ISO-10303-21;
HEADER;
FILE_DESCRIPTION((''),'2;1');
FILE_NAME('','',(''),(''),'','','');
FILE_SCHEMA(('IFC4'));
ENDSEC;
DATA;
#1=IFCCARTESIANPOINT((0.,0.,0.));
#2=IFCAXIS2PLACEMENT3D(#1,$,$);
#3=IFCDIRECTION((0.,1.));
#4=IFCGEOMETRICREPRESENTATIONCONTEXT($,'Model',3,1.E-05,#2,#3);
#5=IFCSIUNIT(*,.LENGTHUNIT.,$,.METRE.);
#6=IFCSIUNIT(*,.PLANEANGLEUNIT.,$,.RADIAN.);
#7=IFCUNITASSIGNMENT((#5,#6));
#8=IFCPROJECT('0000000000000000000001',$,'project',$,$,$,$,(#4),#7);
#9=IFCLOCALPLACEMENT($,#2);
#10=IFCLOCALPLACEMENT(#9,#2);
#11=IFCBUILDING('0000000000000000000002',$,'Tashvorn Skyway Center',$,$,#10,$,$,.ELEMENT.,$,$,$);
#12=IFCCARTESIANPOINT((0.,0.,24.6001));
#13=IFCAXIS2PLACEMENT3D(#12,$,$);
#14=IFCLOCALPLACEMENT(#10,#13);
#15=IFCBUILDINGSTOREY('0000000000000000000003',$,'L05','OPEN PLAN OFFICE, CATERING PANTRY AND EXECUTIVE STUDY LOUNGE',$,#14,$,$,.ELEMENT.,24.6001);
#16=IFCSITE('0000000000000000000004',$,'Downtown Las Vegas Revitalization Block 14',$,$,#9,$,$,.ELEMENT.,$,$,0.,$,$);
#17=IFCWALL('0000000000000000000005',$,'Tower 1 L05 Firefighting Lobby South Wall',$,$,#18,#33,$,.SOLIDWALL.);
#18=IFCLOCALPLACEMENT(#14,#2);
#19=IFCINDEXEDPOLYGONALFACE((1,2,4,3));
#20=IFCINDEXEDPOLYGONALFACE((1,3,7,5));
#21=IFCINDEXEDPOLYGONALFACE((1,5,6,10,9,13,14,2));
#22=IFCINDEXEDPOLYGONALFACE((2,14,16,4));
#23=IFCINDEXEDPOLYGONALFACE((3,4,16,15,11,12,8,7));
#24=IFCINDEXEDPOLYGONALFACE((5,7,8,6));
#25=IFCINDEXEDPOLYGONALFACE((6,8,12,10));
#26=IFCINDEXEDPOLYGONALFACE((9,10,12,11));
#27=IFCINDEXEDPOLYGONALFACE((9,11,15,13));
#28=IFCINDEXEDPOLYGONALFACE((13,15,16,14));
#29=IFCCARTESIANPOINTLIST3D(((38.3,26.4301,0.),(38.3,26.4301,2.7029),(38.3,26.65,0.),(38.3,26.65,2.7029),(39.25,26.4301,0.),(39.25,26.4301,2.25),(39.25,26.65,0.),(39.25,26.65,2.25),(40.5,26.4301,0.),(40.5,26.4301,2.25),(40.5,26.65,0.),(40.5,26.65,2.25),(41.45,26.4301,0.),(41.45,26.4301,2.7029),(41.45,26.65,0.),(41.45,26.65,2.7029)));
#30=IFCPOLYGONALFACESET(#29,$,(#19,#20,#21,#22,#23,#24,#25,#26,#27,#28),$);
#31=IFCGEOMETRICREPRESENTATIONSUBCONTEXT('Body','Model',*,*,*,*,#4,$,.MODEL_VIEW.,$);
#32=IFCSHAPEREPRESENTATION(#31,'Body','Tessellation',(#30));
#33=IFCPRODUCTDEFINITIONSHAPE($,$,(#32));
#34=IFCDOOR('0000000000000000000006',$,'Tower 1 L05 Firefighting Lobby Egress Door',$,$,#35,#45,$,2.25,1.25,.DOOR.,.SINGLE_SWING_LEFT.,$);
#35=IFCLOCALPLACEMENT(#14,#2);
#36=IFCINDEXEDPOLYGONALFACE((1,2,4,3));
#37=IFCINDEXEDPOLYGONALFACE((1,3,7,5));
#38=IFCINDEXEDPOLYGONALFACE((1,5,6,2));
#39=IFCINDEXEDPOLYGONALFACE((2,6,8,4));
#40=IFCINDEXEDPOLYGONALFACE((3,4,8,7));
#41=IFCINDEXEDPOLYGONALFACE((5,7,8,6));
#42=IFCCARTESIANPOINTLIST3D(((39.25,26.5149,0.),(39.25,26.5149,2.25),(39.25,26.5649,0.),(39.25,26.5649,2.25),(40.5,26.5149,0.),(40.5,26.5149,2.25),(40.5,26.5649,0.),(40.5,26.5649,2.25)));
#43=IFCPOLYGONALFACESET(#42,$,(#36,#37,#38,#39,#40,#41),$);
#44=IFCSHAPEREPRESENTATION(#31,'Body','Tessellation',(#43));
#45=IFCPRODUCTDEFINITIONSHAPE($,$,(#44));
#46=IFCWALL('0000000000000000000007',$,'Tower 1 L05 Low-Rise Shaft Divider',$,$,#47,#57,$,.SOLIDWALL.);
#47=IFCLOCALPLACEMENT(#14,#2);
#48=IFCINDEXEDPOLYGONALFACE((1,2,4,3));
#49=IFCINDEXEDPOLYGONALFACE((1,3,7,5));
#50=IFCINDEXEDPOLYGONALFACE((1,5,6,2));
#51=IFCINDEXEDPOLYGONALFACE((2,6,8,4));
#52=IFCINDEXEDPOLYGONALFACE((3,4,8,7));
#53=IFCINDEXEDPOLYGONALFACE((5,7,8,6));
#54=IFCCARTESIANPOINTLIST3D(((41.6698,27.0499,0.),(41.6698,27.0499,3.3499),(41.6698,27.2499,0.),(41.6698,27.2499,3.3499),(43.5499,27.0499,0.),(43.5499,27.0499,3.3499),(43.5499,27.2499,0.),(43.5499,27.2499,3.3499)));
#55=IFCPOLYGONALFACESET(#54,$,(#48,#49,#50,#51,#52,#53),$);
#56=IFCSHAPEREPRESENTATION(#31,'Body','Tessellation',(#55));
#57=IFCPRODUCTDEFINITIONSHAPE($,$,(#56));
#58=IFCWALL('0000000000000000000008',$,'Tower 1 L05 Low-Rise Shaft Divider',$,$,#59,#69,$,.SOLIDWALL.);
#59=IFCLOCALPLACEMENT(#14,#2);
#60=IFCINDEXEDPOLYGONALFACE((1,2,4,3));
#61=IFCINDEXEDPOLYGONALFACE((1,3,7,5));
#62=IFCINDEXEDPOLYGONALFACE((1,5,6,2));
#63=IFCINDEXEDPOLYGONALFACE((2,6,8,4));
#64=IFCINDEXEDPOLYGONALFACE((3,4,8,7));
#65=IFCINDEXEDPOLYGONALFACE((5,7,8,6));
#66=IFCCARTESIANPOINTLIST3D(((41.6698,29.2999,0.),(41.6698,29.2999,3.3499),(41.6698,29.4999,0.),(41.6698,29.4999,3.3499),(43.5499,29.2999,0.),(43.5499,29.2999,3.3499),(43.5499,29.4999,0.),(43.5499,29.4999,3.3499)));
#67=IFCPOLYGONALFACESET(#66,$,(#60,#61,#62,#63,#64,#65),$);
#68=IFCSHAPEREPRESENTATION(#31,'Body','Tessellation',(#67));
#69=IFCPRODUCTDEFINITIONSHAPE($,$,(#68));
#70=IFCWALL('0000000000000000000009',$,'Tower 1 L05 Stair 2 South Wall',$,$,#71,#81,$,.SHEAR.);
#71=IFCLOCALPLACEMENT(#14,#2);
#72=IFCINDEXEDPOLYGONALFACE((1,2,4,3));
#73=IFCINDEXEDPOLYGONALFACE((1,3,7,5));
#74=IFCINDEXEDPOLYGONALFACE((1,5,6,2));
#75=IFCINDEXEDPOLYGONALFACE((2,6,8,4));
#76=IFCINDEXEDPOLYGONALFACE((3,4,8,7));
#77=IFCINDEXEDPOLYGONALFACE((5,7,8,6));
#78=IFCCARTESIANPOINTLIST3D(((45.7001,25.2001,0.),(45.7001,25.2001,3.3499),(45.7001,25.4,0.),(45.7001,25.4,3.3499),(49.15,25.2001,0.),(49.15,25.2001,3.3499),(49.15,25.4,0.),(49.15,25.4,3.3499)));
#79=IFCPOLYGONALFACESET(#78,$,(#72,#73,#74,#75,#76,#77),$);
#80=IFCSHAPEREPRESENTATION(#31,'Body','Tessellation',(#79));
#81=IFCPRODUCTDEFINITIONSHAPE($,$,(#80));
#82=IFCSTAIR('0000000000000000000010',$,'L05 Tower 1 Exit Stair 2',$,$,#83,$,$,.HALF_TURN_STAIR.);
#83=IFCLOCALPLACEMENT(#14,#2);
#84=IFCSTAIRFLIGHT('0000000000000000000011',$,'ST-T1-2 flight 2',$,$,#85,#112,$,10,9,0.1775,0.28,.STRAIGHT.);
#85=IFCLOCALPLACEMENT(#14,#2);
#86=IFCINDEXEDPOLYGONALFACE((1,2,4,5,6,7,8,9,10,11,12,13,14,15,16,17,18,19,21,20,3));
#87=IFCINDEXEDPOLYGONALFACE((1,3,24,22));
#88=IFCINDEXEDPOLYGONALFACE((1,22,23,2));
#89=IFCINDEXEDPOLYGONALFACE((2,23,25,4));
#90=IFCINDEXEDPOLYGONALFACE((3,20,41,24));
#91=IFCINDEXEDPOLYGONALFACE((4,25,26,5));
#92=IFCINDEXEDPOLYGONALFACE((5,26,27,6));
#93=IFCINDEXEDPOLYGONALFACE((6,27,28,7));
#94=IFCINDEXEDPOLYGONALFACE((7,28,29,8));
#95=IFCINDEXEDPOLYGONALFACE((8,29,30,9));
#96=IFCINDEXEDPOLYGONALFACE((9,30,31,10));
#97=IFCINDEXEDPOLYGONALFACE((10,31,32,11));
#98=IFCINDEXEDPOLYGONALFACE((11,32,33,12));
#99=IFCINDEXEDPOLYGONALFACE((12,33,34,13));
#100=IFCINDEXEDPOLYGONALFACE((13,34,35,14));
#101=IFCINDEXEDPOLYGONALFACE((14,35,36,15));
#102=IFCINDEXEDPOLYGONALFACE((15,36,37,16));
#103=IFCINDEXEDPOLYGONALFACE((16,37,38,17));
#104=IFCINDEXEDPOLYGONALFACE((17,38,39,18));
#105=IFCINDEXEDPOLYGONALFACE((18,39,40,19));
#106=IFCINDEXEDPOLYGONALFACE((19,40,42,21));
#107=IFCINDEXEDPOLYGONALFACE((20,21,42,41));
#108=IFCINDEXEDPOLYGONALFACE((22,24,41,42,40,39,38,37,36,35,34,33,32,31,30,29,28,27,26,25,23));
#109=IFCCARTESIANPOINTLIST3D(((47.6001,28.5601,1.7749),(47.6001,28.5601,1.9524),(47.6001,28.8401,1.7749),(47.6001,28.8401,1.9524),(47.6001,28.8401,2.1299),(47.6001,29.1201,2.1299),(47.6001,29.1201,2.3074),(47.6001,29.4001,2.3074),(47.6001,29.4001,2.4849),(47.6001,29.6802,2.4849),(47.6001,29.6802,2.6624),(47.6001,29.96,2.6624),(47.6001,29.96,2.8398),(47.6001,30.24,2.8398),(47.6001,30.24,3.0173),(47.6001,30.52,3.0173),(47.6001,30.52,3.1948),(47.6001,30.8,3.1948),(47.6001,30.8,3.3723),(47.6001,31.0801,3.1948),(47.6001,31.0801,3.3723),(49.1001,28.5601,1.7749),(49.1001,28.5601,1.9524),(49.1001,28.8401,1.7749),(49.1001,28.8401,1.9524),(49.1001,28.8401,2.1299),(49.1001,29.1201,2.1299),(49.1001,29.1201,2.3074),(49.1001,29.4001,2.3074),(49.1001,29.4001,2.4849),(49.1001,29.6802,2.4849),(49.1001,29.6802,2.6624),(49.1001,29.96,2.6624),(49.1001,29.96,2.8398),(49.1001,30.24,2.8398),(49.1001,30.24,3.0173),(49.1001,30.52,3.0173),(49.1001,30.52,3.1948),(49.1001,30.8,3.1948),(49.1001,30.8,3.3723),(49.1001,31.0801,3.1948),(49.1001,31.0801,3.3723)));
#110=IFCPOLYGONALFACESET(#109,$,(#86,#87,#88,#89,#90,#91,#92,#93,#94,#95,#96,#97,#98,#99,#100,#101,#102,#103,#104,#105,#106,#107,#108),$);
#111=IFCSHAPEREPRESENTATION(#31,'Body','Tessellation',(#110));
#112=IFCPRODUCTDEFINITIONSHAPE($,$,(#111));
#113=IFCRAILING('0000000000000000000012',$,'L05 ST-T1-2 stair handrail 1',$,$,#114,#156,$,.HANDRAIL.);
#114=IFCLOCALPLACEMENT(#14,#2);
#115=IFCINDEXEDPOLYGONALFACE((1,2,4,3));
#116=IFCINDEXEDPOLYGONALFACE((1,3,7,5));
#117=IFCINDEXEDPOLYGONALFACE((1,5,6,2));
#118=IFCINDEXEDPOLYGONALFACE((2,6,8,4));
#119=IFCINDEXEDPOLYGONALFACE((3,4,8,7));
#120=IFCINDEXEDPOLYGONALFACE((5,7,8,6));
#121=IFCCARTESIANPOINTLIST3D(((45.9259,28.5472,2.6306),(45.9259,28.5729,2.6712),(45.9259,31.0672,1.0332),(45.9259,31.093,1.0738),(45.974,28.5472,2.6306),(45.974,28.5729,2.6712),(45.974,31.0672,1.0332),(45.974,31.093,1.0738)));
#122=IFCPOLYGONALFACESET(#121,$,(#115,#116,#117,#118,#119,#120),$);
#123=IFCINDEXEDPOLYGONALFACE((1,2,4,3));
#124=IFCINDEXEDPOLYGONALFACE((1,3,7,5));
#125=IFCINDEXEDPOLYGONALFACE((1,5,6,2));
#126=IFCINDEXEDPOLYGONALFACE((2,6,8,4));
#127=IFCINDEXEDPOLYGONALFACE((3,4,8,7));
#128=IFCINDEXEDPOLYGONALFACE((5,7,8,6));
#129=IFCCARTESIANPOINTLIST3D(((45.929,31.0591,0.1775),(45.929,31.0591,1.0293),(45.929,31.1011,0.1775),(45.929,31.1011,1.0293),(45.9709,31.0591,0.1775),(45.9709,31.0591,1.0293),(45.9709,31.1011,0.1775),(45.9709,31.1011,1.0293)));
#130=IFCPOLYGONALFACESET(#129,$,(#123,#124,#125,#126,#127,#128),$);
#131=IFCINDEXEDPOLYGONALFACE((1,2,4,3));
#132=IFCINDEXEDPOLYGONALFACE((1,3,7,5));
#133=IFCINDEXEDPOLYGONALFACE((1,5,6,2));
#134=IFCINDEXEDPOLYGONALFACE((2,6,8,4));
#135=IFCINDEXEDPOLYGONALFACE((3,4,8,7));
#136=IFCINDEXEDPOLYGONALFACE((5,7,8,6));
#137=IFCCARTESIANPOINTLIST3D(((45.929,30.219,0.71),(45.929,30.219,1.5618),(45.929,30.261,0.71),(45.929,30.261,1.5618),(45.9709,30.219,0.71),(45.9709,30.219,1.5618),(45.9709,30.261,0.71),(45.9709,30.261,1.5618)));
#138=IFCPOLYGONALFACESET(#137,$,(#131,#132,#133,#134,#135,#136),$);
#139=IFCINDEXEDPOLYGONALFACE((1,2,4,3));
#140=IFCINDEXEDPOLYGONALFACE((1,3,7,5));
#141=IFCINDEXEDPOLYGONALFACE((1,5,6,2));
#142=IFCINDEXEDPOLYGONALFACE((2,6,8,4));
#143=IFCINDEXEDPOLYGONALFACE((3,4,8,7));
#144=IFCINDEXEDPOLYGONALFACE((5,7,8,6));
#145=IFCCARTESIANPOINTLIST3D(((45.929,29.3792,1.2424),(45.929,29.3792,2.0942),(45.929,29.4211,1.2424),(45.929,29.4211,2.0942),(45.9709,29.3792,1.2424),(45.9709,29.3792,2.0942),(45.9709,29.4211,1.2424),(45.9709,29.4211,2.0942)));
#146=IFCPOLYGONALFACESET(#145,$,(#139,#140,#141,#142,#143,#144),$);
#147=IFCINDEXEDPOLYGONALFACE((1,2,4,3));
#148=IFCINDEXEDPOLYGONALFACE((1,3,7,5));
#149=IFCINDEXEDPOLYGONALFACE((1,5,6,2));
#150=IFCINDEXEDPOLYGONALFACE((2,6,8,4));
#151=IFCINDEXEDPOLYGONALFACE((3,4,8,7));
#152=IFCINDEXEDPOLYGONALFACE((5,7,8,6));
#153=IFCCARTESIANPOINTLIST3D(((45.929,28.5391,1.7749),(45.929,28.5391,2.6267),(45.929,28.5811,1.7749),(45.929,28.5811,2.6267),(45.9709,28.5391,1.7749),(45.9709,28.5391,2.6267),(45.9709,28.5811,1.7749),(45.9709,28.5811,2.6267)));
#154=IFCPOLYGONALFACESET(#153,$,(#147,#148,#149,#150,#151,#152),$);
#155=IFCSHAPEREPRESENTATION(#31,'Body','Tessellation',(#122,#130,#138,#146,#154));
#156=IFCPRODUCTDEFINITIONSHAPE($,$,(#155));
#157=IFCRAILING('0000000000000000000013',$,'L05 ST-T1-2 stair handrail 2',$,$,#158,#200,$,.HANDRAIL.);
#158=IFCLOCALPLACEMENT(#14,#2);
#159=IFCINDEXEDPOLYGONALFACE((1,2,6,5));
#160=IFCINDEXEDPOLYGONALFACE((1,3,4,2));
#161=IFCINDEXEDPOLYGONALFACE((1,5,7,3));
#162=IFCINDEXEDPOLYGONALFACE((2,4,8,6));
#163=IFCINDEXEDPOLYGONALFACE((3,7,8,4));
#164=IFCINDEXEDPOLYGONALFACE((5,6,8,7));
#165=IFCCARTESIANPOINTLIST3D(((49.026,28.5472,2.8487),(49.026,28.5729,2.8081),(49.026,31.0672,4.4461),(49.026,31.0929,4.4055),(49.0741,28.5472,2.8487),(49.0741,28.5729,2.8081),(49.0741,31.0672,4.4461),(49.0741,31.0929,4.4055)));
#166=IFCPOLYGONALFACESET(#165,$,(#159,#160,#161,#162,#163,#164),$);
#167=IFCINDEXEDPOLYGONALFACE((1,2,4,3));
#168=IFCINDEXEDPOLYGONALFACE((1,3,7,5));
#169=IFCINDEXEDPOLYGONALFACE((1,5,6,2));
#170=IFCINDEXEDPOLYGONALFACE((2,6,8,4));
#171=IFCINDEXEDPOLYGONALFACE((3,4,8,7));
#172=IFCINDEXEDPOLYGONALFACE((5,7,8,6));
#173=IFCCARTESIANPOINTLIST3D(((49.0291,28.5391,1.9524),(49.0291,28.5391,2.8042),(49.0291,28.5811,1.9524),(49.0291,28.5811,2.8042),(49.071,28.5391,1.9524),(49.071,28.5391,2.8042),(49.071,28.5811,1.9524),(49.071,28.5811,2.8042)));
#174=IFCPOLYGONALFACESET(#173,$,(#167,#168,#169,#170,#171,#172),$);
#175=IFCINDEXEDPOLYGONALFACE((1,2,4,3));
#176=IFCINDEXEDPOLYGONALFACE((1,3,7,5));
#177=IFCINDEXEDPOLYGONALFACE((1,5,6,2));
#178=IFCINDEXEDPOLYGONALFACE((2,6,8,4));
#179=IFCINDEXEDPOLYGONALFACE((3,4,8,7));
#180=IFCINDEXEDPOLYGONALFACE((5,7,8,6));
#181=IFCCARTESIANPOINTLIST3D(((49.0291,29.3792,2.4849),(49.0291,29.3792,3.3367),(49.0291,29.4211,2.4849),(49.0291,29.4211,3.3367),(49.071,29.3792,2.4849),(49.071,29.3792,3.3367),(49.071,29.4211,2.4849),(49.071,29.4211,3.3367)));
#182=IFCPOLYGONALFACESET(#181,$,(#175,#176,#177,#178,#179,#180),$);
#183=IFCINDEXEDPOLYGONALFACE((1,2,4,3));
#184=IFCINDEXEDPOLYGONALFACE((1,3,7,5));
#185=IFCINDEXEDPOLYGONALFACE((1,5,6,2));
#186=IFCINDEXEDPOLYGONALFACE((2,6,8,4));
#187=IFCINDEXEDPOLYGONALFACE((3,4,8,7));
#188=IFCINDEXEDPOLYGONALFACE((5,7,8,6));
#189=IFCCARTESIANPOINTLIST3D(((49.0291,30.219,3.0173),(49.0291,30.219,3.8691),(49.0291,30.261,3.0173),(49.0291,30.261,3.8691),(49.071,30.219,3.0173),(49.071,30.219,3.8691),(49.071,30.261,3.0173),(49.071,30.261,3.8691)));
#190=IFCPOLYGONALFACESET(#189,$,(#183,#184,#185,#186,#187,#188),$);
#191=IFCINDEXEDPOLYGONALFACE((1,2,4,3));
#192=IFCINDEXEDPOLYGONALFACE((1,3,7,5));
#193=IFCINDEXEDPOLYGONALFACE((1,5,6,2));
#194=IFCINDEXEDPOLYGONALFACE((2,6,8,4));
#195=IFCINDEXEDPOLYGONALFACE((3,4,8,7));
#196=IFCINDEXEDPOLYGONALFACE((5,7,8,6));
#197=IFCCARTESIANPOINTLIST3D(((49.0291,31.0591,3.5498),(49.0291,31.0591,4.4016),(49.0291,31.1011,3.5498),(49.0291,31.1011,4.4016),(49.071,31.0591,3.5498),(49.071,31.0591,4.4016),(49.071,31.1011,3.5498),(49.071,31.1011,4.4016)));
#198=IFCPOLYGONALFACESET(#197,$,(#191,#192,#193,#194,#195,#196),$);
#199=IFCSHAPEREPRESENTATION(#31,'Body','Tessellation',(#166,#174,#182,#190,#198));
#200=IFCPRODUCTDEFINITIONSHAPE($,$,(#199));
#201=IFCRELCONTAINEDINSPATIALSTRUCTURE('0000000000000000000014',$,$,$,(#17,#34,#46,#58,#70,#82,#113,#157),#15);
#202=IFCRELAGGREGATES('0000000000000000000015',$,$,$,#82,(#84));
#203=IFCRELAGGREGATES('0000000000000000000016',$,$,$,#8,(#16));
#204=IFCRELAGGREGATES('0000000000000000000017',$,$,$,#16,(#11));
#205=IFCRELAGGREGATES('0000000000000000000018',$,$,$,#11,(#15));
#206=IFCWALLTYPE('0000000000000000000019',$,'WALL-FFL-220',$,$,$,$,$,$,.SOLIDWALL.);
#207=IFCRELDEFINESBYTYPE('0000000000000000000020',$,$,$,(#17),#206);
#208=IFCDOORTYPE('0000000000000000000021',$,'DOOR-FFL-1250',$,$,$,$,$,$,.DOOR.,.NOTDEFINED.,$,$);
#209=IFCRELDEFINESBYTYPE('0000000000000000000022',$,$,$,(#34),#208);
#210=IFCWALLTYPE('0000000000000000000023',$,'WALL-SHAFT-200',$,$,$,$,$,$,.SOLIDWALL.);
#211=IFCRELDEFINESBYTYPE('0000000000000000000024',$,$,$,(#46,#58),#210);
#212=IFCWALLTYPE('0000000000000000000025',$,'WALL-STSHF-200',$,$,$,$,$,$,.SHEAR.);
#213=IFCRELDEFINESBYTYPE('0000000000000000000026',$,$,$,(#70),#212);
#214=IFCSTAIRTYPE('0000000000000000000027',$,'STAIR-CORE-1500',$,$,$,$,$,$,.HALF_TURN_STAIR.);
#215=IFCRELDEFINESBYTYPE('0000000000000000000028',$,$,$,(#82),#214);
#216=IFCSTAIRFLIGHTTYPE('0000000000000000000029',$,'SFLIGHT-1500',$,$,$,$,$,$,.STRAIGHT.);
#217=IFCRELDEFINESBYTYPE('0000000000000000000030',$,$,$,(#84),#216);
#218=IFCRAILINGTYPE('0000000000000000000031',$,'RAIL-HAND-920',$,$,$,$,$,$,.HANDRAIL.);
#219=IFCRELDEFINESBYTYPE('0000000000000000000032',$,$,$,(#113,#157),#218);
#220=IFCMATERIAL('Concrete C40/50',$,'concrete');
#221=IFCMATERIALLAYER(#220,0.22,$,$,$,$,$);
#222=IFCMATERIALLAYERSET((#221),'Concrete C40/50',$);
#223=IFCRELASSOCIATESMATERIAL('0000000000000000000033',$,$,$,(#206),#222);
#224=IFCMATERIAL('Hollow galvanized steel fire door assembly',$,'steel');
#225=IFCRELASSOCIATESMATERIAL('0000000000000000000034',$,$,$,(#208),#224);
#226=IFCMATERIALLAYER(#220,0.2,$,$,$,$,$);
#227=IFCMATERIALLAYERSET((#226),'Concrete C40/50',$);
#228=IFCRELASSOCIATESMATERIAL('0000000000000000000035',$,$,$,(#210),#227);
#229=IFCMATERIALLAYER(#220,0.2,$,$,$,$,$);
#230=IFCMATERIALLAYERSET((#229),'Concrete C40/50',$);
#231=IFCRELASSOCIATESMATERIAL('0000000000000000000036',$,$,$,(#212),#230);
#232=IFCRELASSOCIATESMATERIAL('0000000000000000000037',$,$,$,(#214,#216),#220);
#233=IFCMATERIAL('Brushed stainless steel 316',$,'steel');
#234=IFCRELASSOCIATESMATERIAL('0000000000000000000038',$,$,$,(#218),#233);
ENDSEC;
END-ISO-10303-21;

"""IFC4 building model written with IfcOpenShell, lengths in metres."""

from ifc_helpers import new_model, si_unit, direction, frame, frame_2d, origin, origin_2d, place, context, subcontext, project, spatial, polyline, rectangle, outline, extrude, material, layer, layer_set, type_object, element, fill, aggregate, save


model = new_model("IFC4")

# Units and contexts
model_context = context("Model", 3, precision=1e-05, world=origin(), true_north=direction((0.0, 1.0)))
body_context = subcontext(model_context, "Body", "Model", "MODEL_VIEW")
ifc_project = project(units=[si_unit("LENGTHUNIT", "METRE"), si_unit("PLANEANGLEUNIT", "RADIAN")], contexts=[model_context])

# Site, building, storey
site_placement = place(None, origin())
site = spatial("IfcSite", under=ifc_project, at=site_placement, Name="Downtown Las Vegas Revitalization Block 14", CompositionType="ELEMENT", RefElevation=0.0)
building_placement = place(site_placement, origin())
building = spatial("IfcBuilding", under=site, at=building_placement, Name="Tashvorn Skyway Center", CompositionType="ELEMENT")
storey_placement = place(building_placement, frame((0.0, 0.0, 24.6001)))
storey = spatial("IfcBuildingStorey", under=building, at=storey_placement, Name="L05", Description="OPEN PLAN OFFICE, CATERING PANTRY AND EXECUTIVE STUDY LOUNGE", CompositionType="ELEMENT", Elevation=24.6001)

# Wall, opening, door
ifc_material_1 = material(Name="Concrete C40/50", Category="concrete")
ifc_layer_1 = layer(ifc_material_1, 0.22)
ifc_layer_set_1 = layer_set([ifc_layer_1], Name="Concrete C40/50")
wall_type_1 = type_object("IfcWallType", Name="WALL-FFL-220", PredefinedType="SOLIDWALL", material=ifc_layer_set_1)
wall_1_placement = place(storey_placement, frame((38.3, 26.54, 0.0), z_axis=(0.0, 0.0, 1.0), x_axis=(1.0, 0.0, 0.0)))
wall_1 = element("IfcWall", 1, at=wall_1_placement, inside=storey, type_object=wall_type_1, Name="Tower 1 L05 Firefighting Lobby South Wall", PredefinedType="SOLIDWALL", context=body_context, shape_type="SweptSolid", body=[
    extrude(rectangle(XDim=3.1499, YDim=0.22, at=frame_2d((1.575, 0.0))), origin(), (0.0, 0.0, 1.0), 2.7029),
])
opening_placement = place(wall_1_placement, frame((0.95, 0.0, 0.0)))
opening = element("IfcOpeningElement", 2, at=opening_placement, cuts=wall_1, PredefinedType="OPENING", context=body_context, shape_type="SweptSolid", body=[
    extrude(rectangle(XDim=1.25, YDim=2.25, at=frame_2d((0.625, 1.125))), frame((0.0, 0.1199, 0.0), z_axis=(0.0, -1.0, 0.0), x_axis=(1.0, 0.0, 0.0)), (0.0, 0.0, 1.0), 0.24),
])
ifc_material_2 = material(Name="Hollow galvanized steel fire door assembly", Category="steel")
door_type = type_object("IfcDoorType", Name="DOOR-FFL-1250", OperationType="NOTDEFINED", PredefinedType="DOOR", material=ifc_material_2)
door_placement = place(opening_placement, origin())
door = element("IfcDoor", 3, at=door_placement, inside=storey, type_object=door_type, Name="Tower 1 L05 Firefighting Lobby Egress Door", OperationType="SINGLE_SWING_LEFT", OverallHeight=2.25, OverallWidth=1.25, PredefinedType="DOOR", context=body_context, shape_type="SweptSolid", body=[
    extrude(rectangle(XDim=1.25, YDim=2.25, at=frame_2d((0.625, 1.125))), frame((0.0, 0.0249, 0.0), z_axis=(0.0, -1.0, 0.0), x_axis=(1.0, 0.0, 0.0)), (0.0, 0.0, 1.0), 0.05),
])
fill(opening, door)

# Walls
ifc_layer_2 = layer(ifc_material_1, 0.2)
ifc_layer_set_2 = layer_set([ifc_layer_2], Name="Concrete C40/50")
wall_type_2 = type_object("IfcWallType", Name="WALL-SHAFT-200", PredefinedType="SOLIDWALL", material=ifc_layer_set_2)
for number, where, z_axis, x_axis, name in (
    (4, (41.6699, 27.1499, 0.0), (0.0, 0.0, 1.0), (1.0, 0.0, 0.0), "Tower 1 L05 Low-Rise Shaft Divider"),
    (5, (41.6699, 29.3999, 0.0), (0.0, 0.0, 1.0), (1.0, 0.0, 0.0), "Tower 1 L05 Low-Rise Shaft Divider"),
):
    element("IfcWall", number, at=place(storey_placement, frame(where, z_axis=z_axis, x_axis=x_axis)), inside=storey, type_object=wall_type_2, Name=name, PredefinedType="SOLIDWALL", context=body_context, shape_type="SweptSolid", body=[
        extrude(rectangle(XDim=1.8801, YDim=0.2, at=frame_2d((0.9399, 0.0))), origin(), (0.0, 0.0, 1.0), 3.3499),
    ])
ifc_layer_3 = layer(ifc_material_1, 0.2)
ifc_layer_set_3 = layer_set([ifc_layer_3], Name="Concrete C40/50")
wall_type_3 = type_object("IfcWallType", Name="WALL-STSHF-200", PredefinedType="SHEAR", material=ifc_layer_set_3)
wall_2_placement = place(storey_placement, frame((45.7, 25.3, 0.0), z_axis=(0.0, 0.0, 1.0), x_axis=(1.0, 0.0, 0.0)))
element("IfcWall", 6, at=wall_2_placement, inside=storey, type_object=wall_type_3, Name="Tower 1 L05 Stair 2 South Wall", PredefinedType="SHEAR", context=body_context, shape_type="SweptSolid", body=[
    extrude(rectangle(XDim=3.45, YDim=0.2, at=frame_2d((1.7251, 0.0))), origin(), (0.0, 0.0, 1.0), 3.3499),
])

# Stair, stair flight
stair_type = type_object("IfcStairType", Name="STAIR-CORE-1500", PredefinedType="HALF_TURN_STAIR", material=ifc_material_1)
stair_placement = place(storey_placement, origin())
stair = element("IfcStair", 7, at=stair_placement, inside=storey, type_object=stair_type, Name="L05 Tower 1 Exit Stair 2", PredefinedType="HALF_TURN_STAIR")
stair_flight_type = type_object("IfcStairFlightType", Name="SFLIGHT-1500", PredefinedType="STRAIGHT", material=ifc_material_1)
stair_flight_placement = place(storey_placement, frame((48.3501, 28.5601, 1.7749), z_axis=(0.0, 0.0, 1.0), x_axis=(0.0, 1.0, 0.0)))
stair_flight = element("IfcStairFlight", 8, at=stair_flight_placement, type_object=stair_flight_type, Name="ST-T1-2 flight 2", NumberOfRisers=10, NumberOfTreads=9, PredefinedType="STRAIGHT", RiserHeight=0.1775, TreadLength=0.28, context=body_context, shape_type="SweptSolid", body=[
    extrude(outline(polyline([(0.0, 0.0), (0.0, 0.1775), (0.28, 0.1775), (0.28, 0.355), (0.5601, 0.355), (0.5601, 0.5325), (0.8401, 0.5325), (0.8401, 0.71), (1.1201, 0.71), (1.1201, 0.8875), (1.3999, 0.8875), (1.3999, 1.0649), (1.6799, 1.0649), (1.6799, 1.2424), (1.96, 1.2424), (1.96, 1.4199), (2.24, 1.4199), (2.24, 1.5974), (2.52, 1.5974), (2.52, 1.7749), (2.52, 1.4199), (0.28, 0.0), (0.0, 0.0)])), frame((0.0, 0.75, 0.0), z_axis=(0.0, -1.0, 0.0), x_axis=(1.0, 0.0, 0.0)), (0.0, 0.0, 1.0), 1.5),
])
aggregate(stair, [stair_flight])

# Railings
ifc_material_3 = material(Name="Brushed stainless steel 316", Category="steel")
railing_type_1 = type_object("IfcRailingType", Name="RAIL-HAND-920", PredefinedType="HANDRAIL", material=ifc_material_3)
railing_1_placement = place(storey_placement, frame((45.95, 31.0801, 0.1775)))
element("IfcRailing", 9, at=railing_1_placement, inside=storey, type_object=railing_type_1, Name="L05 ST-T1-2 stair handrail 1", PredefinedType="HANDRAIL", context=body_context, shape_type="SweptSolid", body=[
    extrude(rectangle(XDim=0.0481, YDim=0.0481, at=origin_2d()), frame((0.0, 0.0, 0.876), z_axis=(0.0, -0.844607, 0.535387), x_axis=(1.0, 0.0, 0.0)), (0.0, 0.0, 1.0), 2.9836),
    extrude(rectangle(XDim=0.042, YDim=0.042, at=origin_2d()), origin(), (0.0, 0.0, 1.0), 0.8518),
    extrude(rectangle(XDim=0.042, YDim=0.042, at=origin_2d()), frame((0.0, -0.8401, 0.5325)), (0.0, 0.0, 1.0), 0.8518),
    extrude(rectangle(XDim=0.042, YDim=0.042, at=origin_2d()), frame((0.0, -1.6799, 1.0649)), (0.0, 0.0, 1.0), 0.8518),
    extrude(rectangle(XDim=0.042, YDim=0.042, at=origin_2d()), frame((0.0, -2.52, 1.5974)), (0.0, 0.0, 1.0), 0.8518),
])
railing_2_placement = place(storey_placement, frame((49.05, 28.5601, 1.9524)))
element("IfcRailing", 10, at=railing_2_placement, inside=storey, type_object=railing_type_1, Name="L05 ST-T1-2 stair handrail 2", PredefinedType="HANDRAIL", context=body_context, shape_type="SweptSolid", body=[
    extrude(rectangle(XDim=0.0481, YDim=0.0481, at=origin_2d()), frame((0.0, 0.0, 0.876), z_axis=(0.0, 0.844607, 0.535387), x_axis=(-1.0, 0.0, 0.0)), (0.0, 0.0, 1.0), 2.9836),
    extrude(rectangle(XDim=0.042, YDim=0.042, at=origin_2d()), origin(), (0.0, 0.0, 1.0), 0.8518),
    extrude(rectangle(XDim=0.042, YDim=0.042, at=origin_2d()), frame((0.0, 0.8401, 0.5325)), (0.0, 0.0, 1.0), 0.8518),
    extrude(rectangle(XDim=0.042, YDim=0.042, at=origin_2d()), frame((0.0, 1.6799, 1.0649)), (0.0, 0.0, 1.0), 0.8518),
    extrude(rectangle(XDim=0.042, YDim=0.042, at=origin_2d()), frame((0.0, 2.52, 1.5974)), (0.0, 0.0, 1.0), 0.8518),
])

save(model, "model.ifc")
